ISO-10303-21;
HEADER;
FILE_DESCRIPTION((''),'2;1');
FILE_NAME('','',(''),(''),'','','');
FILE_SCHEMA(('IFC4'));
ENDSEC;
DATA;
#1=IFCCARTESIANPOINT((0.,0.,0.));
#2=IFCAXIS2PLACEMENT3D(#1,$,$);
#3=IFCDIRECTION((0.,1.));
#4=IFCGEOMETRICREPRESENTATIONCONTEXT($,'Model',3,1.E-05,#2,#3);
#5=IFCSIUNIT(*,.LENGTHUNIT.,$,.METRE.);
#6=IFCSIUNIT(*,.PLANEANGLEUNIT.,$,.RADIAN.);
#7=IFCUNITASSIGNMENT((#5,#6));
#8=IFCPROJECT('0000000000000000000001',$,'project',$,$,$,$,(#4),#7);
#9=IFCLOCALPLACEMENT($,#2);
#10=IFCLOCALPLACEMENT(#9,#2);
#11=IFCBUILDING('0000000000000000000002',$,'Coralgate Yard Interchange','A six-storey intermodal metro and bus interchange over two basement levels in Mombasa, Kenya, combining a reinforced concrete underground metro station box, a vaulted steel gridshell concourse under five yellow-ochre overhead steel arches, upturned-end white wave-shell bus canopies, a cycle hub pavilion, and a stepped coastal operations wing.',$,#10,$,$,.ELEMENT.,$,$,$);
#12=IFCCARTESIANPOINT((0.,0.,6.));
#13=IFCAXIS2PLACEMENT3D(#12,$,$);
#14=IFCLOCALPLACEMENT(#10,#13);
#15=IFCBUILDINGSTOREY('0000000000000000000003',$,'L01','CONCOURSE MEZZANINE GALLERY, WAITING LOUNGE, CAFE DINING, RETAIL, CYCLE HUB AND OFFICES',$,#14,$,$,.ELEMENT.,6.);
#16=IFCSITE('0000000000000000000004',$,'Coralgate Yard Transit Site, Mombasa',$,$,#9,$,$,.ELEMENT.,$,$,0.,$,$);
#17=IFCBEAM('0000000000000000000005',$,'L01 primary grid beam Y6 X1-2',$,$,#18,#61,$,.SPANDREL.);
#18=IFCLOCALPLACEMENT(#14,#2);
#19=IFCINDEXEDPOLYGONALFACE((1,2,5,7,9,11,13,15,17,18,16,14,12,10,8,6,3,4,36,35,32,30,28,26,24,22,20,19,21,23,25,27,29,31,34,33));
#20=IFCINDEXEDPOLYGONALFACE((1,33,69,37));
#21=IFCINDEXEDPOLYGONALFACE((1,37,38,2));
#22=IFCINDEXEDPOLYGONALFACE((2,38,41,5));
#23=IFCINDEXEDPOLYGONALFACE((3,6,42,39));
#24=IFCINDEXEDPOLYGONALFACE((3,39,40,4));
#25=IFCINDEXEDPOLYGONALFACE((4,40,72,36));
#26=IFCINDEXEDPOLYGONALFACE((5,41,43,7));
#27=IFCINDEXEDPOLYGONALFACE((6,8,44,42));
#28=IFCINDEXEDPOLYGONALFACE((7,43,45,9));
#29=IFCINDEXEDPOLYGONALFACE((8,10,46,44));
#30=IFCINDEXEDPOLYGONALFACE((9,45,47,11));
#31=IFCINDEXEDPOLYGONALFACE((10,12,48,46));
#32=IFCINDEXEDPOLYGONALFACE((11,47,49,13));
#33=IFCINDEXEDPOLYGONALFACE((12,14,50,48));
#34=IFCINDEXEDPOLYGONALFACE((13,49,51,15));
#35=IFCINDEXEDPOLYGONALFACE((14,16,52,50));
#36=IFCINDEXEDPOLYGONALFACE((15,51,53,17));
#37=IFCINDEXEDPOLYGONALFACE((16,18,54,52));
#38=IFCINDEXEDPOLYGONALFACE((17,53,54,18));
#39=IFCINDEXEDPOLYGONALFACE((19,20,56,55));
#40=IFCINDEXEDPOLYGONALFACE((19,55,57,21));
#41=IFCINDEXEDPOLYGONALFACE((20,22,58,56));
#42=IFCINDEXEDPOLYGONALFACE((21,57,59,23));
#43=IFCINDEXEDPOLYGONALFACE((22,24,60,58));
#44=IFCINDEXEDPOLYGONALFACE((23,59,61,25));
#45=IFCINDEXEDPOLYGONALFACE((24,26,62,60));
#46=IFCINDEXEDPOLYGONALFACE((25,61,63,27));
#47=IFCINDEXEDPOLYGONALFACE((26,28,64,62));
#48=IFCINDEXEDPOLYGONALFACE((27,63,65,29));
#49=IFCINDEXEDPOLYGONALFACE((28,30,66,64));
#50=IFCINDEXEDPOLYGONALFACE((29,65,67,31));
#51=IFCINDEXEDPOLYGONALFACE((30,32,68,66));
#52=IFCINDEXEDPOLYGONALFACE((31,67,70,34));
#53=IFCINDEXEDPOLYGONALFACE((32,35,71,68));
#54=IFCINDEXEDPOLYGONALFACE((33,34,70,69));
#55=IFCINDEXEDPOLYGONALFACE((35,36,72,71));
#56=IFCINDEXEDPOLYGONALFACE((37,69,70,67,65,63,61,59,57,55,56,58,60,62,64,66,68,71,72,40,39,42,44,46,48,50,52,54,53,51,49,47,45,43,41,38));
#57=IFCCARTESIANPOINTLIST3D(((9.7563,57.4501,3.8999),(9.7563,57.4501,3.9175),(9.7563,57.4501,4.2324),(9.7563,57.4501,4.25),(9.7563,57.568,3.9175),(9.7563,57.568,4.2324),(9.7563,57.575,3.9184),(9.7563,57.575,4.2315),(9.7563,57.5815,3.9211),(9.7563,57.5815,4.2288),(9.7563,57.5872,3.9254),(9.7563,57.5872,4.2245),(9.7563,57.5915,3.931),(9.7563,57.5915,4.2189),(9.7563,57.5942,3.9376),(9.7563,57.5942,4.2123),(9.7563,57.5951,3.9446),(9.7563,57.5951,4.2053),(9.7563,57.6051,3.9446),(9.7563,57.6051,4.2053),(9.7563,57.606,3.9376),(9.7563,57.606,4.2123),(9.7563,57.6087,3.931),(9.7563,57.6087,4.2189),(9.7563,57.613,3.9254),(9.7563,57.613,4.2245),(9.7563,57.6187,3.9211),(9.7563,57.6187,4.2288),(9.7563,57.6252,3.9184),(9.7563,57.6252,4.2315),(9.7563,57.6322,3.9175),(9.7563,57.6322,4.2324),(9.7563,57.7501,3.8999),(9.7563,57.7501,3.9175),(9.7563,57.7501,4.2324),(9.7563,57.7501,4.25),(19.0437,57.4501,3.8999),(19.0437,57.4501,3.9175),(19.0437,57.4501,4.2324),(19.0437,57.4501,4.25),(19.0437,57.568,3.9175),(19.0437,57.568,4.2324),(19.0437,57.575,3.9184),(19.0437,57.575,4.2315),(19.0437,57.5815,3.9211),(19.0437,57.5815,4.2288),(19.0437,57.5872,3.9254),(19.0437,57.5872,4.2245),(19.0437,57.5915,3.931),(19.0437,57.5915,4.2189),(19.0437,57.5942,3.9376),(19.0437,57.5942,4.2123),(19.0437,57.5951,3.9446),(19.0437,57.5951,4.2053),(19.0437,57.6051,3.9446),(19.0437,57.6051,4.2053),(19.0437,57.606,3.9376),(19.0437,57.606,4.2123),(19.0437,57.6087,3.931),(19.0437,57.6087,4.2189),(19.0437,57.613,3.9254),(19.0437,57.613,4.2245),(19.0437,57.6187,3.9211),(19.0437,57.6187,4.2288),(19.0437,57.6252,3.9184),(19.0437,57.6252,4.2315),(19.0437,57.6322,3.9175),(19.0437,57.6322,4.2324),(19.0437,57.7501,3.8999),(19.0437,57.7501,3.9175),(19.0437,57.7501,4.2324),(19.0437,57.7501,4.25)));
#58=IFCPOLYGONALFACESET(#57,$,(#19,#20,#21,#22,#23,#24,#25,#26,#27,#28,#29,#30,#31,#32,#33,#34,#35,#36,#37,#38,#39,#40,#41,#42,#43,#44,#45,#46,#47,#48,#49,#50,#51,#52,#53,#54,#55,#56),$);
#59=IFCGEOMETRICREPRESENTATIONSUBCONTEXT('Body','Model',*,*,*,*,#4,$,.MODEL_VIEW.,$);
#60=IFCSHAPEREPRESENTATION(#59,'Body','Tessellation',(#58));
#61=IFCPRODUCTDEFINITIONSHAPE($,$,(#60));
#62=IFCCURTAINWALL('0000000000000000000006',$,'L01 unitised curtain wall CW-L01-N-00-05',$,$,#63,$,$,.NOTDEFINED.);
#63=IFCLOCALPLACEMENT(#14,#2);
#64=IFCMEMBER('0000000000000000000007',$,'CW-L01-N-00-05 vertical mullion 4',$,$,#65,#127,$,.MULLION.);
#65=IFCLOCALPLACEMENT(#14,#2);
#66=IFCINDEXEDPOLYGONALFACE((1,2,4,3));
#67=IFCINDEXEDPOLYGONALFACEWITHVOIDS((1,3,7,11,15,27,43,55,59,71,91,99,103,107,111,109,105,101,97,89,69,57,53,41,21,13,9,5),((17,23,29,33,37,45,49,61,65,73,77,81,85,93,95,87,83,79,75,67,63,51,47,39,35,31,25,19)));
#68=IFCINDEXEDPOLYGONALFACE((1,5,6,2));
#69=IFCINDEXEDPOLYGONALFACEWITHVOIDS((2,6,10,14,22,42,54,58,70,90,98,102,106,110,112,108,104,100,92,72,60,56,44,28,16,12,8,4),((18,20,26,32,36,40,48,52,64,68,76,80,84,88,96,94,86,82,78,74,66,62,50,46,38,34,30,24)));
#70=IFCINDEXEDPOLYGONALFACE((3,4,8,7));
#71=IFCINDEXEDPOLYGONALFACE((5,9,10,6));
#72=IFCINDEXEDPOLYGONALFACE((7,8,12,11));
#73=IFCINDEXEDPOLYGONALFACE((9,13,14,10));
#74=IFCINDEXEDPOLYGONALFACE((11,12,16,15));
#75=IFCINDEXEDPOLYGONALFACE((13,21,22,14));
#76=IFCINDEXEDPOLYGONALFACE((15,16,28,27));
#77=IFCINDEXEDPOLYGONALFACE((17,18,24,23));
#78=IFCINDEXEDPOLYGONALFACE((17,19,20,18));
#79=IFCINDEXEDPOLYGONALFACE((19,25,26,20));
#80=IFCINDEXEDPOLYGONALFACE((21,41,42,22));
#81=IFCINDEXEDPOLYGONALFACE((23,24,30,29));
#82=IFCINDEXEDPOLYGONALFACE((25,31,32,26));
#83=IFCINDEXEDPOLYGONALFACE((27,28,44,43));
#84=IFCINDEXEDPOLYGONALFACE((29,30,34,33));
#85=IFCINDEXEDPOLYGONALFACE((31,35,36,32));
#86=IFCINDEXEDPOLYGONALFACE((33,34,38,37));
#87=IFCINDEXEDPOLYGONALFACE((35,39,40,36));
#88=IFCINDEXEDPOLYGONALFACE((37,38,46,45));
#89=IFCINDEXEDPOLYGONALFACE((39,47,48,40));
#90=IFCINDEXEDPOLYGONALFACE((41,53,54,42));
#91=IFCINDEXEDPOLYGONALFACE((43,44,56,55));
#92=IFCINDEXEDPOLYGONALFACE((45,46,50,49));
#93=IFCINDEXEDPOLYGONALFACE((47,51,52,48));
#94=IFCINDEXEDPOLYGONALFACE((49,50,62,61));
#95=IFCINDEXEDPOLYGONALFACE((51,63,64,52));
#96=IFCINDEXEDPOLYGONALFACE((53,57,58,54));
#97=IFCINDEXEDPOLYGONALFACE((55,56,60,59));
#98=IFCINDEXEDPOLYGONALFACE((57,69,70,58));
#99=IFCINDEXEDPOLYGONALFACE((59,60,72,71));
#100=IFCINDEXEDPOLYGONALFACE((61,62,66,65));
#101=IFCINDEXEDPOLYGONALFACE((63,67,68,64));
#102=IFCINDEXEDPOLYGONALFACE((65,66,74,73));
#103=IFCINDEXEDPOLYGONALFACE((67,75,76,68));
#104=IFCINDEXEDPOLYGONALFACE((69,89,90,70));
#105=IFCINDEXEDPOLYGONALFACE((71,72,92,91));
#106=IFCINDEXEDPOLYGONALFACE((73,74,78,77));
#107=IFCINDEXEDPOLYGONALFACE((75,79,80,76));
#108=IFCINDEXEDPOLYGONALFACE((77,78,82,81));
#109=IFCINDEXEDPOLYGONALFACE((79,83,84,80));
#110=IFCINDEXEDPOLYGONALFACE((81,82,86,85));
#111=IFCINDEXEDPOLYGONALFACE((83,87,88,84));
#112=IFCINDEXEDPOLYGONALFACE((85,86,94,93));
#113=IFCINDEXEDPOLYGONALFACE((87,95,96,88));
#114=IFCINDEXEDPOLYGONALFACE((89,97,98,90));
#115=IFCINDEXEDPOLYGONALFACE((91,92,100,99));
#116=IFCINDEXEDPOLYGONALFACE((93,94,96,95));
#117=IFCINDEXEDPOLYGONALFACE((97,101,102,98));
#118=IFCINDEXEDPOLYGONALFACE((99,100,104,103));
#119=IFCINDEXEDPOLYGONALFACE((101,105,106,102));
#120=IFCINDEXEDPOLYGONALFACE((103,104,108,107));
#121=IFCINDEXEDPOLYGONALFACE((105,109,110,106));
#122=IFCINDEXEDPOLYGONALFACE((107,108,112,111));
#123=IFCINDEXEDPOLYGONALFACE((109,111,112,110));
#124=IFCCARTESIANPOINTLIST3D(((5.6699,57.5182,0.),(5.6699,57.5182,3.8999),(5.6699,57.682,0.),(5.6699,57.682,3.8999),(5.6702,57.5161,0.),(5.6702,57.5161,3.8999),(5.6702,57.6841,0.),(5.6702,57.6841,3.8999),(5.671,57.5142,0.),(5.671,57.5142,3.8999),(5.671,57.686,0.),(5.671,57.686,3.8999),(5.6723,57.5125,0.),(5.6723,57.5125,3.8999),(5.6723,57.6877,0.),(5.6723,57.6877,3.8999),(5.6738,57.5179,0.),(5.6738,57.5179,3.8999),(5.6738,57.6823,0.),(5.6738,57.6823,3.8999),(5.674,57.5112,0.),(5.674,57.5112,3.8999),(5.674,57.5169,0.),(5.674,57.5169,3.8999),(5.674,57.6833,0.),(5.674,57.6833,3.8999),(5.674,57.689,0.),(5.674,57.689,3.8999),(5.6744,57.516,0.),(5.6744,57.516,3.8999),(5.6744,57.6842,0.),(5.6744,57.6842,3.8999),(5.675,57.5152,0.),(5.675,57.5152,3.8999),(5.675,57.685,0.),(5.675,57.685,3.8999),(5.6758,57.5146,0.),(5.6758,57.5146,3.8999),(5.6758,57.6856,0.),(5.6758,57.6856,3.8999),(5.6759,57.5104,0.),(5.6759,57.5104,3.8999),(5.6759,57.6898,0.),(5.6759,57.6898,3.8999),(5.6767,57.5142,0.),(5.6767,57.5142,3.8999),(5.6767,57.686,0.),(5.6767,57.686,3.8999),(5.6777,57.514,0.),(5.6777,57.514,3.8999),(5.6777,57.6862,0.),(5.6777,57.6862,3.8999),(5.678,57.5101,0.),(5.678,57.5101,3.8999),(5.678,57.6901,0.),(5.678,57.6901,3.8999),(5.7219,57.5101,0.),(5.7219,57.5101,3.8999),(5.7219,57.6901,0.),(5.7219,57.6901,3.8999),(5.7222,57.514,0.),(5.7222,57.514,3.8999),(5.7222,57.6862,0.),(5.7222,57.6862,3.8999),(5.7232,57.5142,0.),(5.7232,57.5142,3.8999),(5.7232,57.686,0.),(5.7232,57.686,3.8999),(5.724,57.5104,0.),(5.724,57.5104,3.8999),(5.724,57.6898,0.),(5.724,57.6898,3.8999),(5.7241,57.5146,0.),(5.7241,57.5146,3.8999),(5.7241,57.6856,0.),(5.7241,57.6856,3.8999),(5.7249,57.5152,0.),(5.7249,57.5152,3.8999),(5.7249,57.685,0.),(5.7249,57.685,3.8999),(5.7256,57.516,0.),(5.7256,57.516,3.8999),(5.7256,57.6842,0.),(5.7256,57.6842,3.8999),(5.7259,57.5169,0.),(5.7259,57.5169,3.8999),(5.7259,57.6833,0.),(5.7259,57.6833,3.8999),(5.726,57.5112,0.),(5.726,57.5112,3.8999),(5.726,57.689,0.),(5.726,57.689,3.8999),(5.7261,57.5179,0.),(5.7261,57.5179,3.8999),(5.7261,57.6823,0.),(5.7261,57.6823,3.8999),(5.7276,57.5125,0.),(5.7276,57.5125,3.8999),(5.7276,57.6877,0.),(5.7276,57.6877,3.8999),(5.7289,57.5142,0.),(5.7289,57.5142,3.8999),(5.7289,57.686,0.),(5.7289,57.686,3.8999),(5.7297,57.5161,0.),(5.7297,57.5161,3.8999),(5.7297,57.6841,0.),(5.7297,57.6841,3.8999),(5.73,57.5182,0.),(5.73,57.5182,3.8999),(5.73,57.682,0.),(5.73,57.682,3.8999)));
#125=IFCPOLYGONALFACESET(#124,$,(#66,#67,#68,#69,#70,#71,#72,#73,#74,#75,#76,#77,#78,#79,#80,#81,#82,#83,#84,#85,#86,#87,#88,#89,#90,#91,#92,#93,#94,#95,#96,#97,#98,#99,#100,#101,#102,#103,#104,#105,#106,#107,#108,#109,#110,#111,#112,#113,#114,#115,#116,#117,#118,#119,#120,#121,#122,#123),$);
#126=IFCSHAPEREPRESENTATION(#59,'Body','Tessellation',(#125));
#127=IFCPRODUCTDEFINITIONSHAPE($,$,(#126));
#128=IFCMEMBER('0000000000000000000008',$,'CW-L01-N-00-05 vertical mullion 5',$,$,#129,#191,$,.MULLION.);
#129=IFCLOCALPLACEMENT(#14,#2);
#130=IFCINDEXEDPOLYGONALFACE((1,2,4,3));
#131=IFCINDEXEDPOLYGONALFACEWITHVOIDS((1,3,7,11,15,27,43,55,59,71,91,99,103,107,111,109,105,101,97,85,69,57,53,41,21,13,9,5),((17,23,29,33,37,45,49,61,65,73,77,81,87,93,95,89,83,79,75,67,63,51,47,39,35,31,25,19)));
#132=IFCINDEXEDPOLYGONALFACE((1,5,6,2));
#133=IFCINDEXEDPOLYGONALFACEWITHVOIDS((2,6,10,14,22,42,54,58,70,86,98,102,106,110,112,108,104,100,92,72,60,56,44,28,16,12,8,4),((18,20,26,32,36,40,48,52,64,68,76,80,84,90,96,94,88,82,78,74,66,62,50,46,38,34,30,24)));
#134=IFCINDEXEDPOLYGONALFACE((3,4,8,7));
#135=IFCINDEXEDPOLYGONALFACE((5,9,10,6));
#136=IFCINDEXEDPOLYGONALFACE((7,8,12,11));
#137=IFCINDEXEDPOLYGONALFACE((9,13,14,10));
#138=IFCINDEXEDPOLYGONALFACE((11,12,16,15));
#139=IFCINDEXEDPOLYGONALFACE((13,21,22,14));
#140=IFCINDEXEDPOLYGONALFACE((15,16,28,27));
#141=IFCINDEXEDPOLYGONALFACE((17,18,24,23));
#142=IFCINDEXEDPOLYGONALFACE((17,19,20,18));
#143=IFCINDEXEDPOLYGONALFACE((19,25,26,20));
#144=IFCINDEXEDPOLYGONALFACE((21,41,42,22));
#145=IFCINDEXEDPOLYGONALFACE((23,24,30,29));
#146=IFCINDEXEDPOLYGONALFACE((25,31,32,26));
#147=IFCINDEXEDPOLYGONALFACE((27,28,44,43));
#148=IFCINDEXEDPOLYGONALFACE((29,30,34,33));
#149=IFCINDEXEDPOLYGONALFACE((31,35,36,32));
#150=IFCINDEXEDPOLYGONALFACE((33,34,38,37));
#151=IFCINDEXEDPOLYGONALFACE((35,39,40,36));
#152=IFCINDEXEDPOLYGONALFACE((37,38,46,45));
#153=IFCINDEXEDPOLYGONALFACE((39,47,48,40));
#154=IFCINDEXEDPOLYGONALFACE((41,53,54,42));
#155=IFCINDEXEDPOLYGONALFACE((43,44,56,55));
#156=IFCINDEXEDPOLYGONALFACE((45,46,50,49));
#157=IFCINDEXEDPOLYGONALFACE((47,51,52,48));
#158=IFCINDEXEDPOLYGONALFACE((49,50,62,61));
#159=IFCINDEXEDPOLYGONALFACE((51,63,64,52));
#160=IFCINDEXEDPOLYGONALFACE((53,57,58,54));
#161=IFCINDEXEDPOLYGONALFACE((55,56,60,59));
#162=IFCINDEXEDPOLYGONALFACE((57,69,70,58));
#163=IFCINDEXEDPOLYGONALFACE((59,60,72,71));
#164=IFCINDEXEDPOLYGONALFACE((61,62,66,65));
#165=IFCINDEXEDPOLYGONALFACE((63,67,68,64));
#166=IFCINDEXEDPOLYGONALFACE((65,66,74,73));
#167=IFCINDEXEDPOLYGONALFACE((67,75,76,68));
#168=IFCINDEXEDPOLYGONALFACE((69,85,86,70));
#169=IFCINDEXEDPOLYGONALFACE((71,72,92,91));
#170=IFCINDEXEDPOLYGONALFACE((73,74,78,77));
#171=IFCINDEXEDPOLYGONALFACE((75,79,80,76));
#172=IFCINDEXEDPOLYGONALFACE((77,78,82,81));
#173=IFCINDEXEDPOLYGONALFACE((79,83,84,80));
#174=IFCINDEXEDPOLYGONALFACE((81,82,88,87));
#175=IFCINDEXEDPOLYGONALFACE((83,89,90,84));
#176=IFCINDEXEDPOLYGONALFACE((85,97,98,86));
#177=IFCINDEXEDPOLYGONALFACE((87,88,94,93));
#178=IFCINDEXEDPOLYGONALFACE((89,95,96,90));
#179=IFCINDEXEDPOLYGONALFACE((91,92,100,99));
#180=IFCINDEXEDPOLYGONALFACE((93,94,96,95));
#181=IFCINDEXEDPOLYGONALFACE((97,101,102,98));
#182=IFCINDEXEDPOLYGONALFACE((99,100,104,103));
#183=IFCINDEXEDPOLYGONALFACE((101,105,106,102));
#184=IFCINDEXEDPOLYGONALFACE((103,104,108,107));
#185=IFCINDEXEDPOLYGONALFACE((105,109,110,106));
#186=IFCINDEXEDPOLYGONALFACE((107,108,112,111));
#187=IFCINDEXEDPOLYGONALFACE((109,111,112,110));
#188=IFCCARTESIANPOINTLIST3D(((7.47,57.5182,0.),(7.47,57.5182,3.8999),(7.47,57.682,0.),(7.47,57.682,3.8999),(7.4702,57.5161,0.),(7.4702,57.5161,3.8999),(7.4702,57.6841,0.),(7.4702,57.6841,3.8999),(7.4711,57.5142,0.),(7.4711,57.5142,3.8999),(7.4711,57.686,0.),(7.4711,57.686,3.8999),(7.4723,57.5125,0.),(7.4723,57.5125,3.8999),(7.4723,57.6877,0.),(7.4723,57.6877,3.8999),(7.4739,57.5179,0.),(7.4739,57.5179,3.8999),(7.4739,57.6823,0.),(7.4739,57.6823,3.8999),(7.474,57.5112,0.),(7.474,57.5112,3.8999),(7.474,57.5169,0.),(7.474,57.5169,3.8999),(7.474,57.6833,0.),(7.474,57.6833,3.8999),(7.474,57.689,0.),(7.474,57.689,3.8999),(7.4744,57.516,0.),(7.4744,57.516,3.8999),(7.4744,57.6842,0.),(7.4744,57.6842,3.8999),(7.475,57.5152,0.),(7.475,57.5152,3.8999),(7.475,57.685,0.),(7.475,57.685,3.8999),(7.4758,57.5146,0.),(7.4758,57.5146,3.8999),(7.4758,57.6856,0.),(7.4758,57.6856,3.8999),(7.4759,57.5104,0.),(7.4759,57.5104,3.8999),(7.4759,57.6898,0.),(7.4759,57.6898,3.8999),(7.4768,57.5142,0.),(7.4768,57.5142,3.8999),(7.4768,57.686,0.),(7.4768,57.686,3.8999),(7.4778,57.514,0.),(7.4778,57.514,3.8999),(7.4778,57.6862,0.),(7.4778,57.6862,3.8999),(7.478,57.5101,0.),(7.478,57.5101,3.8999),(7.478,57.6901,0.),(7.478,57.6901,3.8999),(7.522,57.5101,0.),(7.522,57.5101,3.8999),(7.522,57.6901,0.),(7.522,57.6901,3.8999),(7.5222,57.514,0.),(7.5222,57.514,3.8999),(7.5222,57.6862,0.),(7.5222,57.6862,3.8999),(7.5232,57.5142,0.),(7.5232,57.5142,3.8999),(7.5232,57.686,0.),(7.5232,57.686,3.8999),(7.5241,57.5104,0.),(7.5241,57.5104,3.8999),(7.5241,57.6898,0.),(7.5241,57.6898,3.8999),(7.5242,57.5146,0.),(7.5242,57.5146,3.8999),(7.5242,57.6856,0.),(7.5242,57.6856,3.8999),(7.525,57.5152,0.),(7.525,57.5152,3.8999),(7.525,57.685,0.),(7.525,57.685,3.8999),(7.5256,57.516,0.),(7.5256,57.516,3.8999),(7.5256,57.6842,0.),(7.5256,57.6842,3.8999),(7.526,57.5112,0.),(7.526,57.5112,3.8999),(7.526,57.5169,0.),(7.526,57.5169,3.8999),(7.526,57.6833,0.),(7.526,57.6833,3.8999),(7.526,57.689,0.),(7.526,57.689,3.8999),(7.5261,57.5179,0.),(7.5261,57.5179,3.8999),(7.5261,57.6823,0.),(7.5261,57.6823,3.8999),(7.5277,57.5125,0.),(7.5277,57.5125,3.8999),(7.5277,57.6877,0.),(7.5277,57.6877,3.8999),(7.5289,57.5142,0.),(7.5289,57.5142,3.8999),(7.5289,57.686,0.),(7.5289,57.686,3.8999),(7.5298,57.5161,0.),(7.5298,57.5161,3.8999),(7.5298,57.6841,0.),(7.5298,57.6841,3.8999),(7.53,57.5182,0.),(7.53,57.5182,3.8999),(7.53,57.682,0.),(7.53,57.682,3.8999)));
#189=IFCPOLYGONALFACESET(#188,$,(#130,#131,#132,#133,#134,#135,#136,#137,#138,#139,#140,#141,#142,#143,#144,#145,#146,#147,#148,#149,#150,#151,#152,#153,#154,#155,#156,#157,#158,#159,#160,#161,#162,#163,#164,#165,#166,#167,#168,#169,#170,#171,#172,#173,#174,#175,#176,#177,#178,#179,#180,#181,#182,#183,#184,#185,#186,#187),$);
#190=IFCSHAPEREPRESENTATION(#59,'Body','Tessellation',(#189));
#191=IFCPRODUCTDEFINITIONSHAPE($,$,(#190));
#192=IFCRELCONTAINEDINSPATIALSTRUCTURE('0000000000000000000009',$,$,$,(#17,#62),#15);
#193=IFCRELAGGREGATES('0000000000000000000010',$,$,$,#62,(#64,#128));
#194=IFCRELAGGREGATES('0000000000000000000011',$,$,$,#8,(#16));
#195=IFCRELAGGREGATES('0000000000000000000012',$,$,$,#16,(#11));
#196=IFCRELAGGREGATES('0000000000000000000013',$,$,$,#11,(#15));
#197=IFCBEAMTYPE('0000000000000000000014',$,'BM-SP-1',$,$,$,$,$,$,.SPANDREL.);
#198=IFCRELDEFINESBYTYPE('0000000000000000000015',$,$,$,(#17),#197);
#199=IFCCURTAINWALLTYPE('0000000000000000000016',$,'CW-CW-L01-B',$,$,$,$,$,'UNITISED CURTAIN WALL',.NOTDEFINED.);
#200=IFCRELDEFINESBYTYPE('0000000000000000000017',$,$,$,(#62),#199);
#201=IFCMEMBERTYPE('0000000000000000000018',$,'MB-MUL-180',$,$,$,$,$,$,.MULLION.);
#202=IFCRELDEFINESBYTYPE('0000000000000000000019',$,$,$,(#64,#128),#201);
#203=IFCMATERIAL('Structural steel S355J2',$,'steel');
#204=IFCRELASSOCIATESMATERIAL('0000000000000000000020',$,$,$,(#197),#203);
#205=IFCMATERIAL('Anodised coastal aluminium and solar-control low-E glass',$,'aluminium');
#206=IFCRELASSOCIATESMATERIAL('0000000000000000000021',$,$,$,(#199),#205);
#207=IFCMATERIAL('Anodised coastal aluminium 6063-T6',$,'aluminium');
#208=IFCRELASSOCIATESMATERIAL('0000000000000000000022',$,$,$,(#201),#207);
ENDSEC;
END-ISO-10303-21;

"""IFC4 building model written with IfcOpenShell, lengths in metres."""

from ifc_helpers import new_model, si_unit, direction, frame, origin, origin_2d, place, context, subcontext, project, spatial, hollow_rectangle, i_section, extrude, material, material_profile, profile_set, type_object, element, aggregate, save


model = new_model("IFC4")

# Units and contexts
model_context = context("Model", 3, precision=1e-05, world=origin(), true_north=direction((0.0, 1.0)))
body_context = subcontext(model_context, "Body", "Model", "MODEL_VIEW")
ifc_project = project(units=[si_unit("LENGTHUNIT", "METRE"), si_unit("PLANEANGLEUNIT", "RADIAN")], contexts=[model_context])

# Site, building, storey
site_placement = place(None, origin())
site = spatial("IfcSite", under=ifc_project, at=site_placement, Name="Coralgate Yard Transit Site, Mombasa", CompositionType="ELEMENT", RefElevation=0.0)
building_placement = place(site_placement, origin())
building = spatial("IfcBuilding", under=site, at=building_placement, Name="Coralgate Yard Interchange", Description="A six-storey intermodal metro and bus interchange over two basement levels in Mombasa, Kenya, combining a reinforced concrete underground metro station box, a vaulted steel gridshell concourse under five yellow-ochre overhead steel arches, upturned-end white wave-shell bus canopies, a cycle hub pavilion, and a stepped coastal operations wing.", CompositionType="ELEMENT")
storey_placement = place(building_placement, frame((0.0, 0.0, 6.0)))
storey = spatial("IfcBuildingStorey", under=building, at=storey_placement, Name="L01", Description="CONCOURSE MEZZANINE GALLERY, WAITING LOUNGE, CAFE DINING, RETAIL, CYCLE HUB AND OFFICES", CompositionType="ELEMENT", Elevation=6.0)

# Shared definitions
ifc_material_1 = material(Name="Structural steel S355J2", Category="steel")

# Beam
ifc_material_profile_1 = material_profile(ifc_material_1, i_section(OverallWidth=0.3, OverallDepth=0.3501, WebThickness=0.01, FlangeThickness=0.0176, FilletRadius=0.0271, at=origin_2d()), Name="HEA 360")
ifc_profile_set_1 = profile_set([ifc_material_profile_1], Name="Structural steel S355J2")
beam_type_1 = type_object("IfcBeamType", Name="BM-SP-1", PredefinedType="SPANDREL", material=ifc_profile_set_1)
beam_1_placement = place(storey_placement, frame((9.7563, 57.6001, 4.075), z_axis=(1.0, 0.0, 0.0), x_axis=(0.0, 1.0, 0.0)))
element("IfcBeam", 1, at=beam_1_placement, inside=storey, type_object=beam_type_1, Name="L01 primary grid beam Y6 X1-2", PredefinedType="SPANDREL", context=body_context, shape_type="SweptSolid", body=[
    extrude(i_section(OverallWidth=0.3, OverallDepth=0.3501, WebThickness=0.01, FlangeThickness=0.0176, FilletRadius=0.0271, at=origin_2d()), origin(), (0.0, 0.0, 1.0), 9.2874),
])

# Curtain wall, members
ifc_material_2 = material(Name="Anodised coastal aluminium and solar-control low-E glass", Category="aluminium")
curtain_wall_type = type_object("IfcCurtainWallType", Name="CW-CW-L01-B", ElementType="UNITISED CURTAIN WALL", PredefinedType="NOTDEFINED", material=ifc_material_2)
curtain_wall_1_placement = place(storey_placement, origin())
curtain_wall_1 = element("IfcCurtainWall", 2, at=curtain_wall_1_placement, inside=storey, type_object=curtain_wall_type, Name="L01 unitised curtain wall CW-L01-N-00-05", PredefinedType="NOTDEFINED")
ifc_material_3 = material(Name="Anodised coastal aluminium 6063-T6", Category="aluminium")
ifc_material_profile_2 = material_profile(ifc_material_3, hollow_rectangle(XDim=0.0601, YDim=0.1799, WallThickness=0.0039, InnerFilletRadius=0.0039, OuterFilletRadius=0.0081, at=origin_2d()), Name="ALU 60x180x4")
ifc_profile_set_2 = profile_set([ifc_material_profile_2], Name="Anodised coastal aluminium 6063-T6")
member_type_1 = type_object("IfcMemberType", Name="MB-MUL-180", PredefinedType="MULLION", material=ifc_profile_set_2)
member_1_placement = place(storey_placement, frame((5.7, 57.6001, 0.0), z_axis=(0.0, 0.0, 1.0), x_axis=(1.0, 0.0, 0.0)))
member_1 = element("IfcMember", 3, at=member_1_placement, type_object=member_type_1, Name="CW-L01-N-00-05 vertical mullion 4", PredefinedType="MULLION", context=body_context, shape_type="SweptSolid", body=[
    extrude(hollow_rectangle(XDim=0.0601, YDim=0.1799, WallThickness=0.0039, InnerFilletRadius=0.0039, OuterFilletRadius=0.0081, at=origin_2d()), origin(), (0.0, 0.0, 1.0), 3.8999),
])
member_2_placement = place(storey_placement, frame((7.5, 57.6001, 0.0), z_axis=(0.0, 0.0, 1.0), x_axis=(1.0, 0.0, 0.0)))
member_2 = element("IfcMember", 4, at=member_2_placement, type_object=member_type_1, Name="CW-L01-N-00-05 vertical mullion 5", PredefinedType="MULLION", context=body_context, shape_type="SweptSolid", body=[
    extrude(hollow_rectangle(XDim=0.0601, YDim=0.1799, WallThickness=0.0039, InnerFilletRadius=0.0039, OuterFilletRadius=0.0081, at=origin_2d()), origin(), (0.0, 0.0, 1.0), 3.8999),
])

aggregate(curtain_wall_1, [member_1, member_2])

save(model, "model.ifc")
